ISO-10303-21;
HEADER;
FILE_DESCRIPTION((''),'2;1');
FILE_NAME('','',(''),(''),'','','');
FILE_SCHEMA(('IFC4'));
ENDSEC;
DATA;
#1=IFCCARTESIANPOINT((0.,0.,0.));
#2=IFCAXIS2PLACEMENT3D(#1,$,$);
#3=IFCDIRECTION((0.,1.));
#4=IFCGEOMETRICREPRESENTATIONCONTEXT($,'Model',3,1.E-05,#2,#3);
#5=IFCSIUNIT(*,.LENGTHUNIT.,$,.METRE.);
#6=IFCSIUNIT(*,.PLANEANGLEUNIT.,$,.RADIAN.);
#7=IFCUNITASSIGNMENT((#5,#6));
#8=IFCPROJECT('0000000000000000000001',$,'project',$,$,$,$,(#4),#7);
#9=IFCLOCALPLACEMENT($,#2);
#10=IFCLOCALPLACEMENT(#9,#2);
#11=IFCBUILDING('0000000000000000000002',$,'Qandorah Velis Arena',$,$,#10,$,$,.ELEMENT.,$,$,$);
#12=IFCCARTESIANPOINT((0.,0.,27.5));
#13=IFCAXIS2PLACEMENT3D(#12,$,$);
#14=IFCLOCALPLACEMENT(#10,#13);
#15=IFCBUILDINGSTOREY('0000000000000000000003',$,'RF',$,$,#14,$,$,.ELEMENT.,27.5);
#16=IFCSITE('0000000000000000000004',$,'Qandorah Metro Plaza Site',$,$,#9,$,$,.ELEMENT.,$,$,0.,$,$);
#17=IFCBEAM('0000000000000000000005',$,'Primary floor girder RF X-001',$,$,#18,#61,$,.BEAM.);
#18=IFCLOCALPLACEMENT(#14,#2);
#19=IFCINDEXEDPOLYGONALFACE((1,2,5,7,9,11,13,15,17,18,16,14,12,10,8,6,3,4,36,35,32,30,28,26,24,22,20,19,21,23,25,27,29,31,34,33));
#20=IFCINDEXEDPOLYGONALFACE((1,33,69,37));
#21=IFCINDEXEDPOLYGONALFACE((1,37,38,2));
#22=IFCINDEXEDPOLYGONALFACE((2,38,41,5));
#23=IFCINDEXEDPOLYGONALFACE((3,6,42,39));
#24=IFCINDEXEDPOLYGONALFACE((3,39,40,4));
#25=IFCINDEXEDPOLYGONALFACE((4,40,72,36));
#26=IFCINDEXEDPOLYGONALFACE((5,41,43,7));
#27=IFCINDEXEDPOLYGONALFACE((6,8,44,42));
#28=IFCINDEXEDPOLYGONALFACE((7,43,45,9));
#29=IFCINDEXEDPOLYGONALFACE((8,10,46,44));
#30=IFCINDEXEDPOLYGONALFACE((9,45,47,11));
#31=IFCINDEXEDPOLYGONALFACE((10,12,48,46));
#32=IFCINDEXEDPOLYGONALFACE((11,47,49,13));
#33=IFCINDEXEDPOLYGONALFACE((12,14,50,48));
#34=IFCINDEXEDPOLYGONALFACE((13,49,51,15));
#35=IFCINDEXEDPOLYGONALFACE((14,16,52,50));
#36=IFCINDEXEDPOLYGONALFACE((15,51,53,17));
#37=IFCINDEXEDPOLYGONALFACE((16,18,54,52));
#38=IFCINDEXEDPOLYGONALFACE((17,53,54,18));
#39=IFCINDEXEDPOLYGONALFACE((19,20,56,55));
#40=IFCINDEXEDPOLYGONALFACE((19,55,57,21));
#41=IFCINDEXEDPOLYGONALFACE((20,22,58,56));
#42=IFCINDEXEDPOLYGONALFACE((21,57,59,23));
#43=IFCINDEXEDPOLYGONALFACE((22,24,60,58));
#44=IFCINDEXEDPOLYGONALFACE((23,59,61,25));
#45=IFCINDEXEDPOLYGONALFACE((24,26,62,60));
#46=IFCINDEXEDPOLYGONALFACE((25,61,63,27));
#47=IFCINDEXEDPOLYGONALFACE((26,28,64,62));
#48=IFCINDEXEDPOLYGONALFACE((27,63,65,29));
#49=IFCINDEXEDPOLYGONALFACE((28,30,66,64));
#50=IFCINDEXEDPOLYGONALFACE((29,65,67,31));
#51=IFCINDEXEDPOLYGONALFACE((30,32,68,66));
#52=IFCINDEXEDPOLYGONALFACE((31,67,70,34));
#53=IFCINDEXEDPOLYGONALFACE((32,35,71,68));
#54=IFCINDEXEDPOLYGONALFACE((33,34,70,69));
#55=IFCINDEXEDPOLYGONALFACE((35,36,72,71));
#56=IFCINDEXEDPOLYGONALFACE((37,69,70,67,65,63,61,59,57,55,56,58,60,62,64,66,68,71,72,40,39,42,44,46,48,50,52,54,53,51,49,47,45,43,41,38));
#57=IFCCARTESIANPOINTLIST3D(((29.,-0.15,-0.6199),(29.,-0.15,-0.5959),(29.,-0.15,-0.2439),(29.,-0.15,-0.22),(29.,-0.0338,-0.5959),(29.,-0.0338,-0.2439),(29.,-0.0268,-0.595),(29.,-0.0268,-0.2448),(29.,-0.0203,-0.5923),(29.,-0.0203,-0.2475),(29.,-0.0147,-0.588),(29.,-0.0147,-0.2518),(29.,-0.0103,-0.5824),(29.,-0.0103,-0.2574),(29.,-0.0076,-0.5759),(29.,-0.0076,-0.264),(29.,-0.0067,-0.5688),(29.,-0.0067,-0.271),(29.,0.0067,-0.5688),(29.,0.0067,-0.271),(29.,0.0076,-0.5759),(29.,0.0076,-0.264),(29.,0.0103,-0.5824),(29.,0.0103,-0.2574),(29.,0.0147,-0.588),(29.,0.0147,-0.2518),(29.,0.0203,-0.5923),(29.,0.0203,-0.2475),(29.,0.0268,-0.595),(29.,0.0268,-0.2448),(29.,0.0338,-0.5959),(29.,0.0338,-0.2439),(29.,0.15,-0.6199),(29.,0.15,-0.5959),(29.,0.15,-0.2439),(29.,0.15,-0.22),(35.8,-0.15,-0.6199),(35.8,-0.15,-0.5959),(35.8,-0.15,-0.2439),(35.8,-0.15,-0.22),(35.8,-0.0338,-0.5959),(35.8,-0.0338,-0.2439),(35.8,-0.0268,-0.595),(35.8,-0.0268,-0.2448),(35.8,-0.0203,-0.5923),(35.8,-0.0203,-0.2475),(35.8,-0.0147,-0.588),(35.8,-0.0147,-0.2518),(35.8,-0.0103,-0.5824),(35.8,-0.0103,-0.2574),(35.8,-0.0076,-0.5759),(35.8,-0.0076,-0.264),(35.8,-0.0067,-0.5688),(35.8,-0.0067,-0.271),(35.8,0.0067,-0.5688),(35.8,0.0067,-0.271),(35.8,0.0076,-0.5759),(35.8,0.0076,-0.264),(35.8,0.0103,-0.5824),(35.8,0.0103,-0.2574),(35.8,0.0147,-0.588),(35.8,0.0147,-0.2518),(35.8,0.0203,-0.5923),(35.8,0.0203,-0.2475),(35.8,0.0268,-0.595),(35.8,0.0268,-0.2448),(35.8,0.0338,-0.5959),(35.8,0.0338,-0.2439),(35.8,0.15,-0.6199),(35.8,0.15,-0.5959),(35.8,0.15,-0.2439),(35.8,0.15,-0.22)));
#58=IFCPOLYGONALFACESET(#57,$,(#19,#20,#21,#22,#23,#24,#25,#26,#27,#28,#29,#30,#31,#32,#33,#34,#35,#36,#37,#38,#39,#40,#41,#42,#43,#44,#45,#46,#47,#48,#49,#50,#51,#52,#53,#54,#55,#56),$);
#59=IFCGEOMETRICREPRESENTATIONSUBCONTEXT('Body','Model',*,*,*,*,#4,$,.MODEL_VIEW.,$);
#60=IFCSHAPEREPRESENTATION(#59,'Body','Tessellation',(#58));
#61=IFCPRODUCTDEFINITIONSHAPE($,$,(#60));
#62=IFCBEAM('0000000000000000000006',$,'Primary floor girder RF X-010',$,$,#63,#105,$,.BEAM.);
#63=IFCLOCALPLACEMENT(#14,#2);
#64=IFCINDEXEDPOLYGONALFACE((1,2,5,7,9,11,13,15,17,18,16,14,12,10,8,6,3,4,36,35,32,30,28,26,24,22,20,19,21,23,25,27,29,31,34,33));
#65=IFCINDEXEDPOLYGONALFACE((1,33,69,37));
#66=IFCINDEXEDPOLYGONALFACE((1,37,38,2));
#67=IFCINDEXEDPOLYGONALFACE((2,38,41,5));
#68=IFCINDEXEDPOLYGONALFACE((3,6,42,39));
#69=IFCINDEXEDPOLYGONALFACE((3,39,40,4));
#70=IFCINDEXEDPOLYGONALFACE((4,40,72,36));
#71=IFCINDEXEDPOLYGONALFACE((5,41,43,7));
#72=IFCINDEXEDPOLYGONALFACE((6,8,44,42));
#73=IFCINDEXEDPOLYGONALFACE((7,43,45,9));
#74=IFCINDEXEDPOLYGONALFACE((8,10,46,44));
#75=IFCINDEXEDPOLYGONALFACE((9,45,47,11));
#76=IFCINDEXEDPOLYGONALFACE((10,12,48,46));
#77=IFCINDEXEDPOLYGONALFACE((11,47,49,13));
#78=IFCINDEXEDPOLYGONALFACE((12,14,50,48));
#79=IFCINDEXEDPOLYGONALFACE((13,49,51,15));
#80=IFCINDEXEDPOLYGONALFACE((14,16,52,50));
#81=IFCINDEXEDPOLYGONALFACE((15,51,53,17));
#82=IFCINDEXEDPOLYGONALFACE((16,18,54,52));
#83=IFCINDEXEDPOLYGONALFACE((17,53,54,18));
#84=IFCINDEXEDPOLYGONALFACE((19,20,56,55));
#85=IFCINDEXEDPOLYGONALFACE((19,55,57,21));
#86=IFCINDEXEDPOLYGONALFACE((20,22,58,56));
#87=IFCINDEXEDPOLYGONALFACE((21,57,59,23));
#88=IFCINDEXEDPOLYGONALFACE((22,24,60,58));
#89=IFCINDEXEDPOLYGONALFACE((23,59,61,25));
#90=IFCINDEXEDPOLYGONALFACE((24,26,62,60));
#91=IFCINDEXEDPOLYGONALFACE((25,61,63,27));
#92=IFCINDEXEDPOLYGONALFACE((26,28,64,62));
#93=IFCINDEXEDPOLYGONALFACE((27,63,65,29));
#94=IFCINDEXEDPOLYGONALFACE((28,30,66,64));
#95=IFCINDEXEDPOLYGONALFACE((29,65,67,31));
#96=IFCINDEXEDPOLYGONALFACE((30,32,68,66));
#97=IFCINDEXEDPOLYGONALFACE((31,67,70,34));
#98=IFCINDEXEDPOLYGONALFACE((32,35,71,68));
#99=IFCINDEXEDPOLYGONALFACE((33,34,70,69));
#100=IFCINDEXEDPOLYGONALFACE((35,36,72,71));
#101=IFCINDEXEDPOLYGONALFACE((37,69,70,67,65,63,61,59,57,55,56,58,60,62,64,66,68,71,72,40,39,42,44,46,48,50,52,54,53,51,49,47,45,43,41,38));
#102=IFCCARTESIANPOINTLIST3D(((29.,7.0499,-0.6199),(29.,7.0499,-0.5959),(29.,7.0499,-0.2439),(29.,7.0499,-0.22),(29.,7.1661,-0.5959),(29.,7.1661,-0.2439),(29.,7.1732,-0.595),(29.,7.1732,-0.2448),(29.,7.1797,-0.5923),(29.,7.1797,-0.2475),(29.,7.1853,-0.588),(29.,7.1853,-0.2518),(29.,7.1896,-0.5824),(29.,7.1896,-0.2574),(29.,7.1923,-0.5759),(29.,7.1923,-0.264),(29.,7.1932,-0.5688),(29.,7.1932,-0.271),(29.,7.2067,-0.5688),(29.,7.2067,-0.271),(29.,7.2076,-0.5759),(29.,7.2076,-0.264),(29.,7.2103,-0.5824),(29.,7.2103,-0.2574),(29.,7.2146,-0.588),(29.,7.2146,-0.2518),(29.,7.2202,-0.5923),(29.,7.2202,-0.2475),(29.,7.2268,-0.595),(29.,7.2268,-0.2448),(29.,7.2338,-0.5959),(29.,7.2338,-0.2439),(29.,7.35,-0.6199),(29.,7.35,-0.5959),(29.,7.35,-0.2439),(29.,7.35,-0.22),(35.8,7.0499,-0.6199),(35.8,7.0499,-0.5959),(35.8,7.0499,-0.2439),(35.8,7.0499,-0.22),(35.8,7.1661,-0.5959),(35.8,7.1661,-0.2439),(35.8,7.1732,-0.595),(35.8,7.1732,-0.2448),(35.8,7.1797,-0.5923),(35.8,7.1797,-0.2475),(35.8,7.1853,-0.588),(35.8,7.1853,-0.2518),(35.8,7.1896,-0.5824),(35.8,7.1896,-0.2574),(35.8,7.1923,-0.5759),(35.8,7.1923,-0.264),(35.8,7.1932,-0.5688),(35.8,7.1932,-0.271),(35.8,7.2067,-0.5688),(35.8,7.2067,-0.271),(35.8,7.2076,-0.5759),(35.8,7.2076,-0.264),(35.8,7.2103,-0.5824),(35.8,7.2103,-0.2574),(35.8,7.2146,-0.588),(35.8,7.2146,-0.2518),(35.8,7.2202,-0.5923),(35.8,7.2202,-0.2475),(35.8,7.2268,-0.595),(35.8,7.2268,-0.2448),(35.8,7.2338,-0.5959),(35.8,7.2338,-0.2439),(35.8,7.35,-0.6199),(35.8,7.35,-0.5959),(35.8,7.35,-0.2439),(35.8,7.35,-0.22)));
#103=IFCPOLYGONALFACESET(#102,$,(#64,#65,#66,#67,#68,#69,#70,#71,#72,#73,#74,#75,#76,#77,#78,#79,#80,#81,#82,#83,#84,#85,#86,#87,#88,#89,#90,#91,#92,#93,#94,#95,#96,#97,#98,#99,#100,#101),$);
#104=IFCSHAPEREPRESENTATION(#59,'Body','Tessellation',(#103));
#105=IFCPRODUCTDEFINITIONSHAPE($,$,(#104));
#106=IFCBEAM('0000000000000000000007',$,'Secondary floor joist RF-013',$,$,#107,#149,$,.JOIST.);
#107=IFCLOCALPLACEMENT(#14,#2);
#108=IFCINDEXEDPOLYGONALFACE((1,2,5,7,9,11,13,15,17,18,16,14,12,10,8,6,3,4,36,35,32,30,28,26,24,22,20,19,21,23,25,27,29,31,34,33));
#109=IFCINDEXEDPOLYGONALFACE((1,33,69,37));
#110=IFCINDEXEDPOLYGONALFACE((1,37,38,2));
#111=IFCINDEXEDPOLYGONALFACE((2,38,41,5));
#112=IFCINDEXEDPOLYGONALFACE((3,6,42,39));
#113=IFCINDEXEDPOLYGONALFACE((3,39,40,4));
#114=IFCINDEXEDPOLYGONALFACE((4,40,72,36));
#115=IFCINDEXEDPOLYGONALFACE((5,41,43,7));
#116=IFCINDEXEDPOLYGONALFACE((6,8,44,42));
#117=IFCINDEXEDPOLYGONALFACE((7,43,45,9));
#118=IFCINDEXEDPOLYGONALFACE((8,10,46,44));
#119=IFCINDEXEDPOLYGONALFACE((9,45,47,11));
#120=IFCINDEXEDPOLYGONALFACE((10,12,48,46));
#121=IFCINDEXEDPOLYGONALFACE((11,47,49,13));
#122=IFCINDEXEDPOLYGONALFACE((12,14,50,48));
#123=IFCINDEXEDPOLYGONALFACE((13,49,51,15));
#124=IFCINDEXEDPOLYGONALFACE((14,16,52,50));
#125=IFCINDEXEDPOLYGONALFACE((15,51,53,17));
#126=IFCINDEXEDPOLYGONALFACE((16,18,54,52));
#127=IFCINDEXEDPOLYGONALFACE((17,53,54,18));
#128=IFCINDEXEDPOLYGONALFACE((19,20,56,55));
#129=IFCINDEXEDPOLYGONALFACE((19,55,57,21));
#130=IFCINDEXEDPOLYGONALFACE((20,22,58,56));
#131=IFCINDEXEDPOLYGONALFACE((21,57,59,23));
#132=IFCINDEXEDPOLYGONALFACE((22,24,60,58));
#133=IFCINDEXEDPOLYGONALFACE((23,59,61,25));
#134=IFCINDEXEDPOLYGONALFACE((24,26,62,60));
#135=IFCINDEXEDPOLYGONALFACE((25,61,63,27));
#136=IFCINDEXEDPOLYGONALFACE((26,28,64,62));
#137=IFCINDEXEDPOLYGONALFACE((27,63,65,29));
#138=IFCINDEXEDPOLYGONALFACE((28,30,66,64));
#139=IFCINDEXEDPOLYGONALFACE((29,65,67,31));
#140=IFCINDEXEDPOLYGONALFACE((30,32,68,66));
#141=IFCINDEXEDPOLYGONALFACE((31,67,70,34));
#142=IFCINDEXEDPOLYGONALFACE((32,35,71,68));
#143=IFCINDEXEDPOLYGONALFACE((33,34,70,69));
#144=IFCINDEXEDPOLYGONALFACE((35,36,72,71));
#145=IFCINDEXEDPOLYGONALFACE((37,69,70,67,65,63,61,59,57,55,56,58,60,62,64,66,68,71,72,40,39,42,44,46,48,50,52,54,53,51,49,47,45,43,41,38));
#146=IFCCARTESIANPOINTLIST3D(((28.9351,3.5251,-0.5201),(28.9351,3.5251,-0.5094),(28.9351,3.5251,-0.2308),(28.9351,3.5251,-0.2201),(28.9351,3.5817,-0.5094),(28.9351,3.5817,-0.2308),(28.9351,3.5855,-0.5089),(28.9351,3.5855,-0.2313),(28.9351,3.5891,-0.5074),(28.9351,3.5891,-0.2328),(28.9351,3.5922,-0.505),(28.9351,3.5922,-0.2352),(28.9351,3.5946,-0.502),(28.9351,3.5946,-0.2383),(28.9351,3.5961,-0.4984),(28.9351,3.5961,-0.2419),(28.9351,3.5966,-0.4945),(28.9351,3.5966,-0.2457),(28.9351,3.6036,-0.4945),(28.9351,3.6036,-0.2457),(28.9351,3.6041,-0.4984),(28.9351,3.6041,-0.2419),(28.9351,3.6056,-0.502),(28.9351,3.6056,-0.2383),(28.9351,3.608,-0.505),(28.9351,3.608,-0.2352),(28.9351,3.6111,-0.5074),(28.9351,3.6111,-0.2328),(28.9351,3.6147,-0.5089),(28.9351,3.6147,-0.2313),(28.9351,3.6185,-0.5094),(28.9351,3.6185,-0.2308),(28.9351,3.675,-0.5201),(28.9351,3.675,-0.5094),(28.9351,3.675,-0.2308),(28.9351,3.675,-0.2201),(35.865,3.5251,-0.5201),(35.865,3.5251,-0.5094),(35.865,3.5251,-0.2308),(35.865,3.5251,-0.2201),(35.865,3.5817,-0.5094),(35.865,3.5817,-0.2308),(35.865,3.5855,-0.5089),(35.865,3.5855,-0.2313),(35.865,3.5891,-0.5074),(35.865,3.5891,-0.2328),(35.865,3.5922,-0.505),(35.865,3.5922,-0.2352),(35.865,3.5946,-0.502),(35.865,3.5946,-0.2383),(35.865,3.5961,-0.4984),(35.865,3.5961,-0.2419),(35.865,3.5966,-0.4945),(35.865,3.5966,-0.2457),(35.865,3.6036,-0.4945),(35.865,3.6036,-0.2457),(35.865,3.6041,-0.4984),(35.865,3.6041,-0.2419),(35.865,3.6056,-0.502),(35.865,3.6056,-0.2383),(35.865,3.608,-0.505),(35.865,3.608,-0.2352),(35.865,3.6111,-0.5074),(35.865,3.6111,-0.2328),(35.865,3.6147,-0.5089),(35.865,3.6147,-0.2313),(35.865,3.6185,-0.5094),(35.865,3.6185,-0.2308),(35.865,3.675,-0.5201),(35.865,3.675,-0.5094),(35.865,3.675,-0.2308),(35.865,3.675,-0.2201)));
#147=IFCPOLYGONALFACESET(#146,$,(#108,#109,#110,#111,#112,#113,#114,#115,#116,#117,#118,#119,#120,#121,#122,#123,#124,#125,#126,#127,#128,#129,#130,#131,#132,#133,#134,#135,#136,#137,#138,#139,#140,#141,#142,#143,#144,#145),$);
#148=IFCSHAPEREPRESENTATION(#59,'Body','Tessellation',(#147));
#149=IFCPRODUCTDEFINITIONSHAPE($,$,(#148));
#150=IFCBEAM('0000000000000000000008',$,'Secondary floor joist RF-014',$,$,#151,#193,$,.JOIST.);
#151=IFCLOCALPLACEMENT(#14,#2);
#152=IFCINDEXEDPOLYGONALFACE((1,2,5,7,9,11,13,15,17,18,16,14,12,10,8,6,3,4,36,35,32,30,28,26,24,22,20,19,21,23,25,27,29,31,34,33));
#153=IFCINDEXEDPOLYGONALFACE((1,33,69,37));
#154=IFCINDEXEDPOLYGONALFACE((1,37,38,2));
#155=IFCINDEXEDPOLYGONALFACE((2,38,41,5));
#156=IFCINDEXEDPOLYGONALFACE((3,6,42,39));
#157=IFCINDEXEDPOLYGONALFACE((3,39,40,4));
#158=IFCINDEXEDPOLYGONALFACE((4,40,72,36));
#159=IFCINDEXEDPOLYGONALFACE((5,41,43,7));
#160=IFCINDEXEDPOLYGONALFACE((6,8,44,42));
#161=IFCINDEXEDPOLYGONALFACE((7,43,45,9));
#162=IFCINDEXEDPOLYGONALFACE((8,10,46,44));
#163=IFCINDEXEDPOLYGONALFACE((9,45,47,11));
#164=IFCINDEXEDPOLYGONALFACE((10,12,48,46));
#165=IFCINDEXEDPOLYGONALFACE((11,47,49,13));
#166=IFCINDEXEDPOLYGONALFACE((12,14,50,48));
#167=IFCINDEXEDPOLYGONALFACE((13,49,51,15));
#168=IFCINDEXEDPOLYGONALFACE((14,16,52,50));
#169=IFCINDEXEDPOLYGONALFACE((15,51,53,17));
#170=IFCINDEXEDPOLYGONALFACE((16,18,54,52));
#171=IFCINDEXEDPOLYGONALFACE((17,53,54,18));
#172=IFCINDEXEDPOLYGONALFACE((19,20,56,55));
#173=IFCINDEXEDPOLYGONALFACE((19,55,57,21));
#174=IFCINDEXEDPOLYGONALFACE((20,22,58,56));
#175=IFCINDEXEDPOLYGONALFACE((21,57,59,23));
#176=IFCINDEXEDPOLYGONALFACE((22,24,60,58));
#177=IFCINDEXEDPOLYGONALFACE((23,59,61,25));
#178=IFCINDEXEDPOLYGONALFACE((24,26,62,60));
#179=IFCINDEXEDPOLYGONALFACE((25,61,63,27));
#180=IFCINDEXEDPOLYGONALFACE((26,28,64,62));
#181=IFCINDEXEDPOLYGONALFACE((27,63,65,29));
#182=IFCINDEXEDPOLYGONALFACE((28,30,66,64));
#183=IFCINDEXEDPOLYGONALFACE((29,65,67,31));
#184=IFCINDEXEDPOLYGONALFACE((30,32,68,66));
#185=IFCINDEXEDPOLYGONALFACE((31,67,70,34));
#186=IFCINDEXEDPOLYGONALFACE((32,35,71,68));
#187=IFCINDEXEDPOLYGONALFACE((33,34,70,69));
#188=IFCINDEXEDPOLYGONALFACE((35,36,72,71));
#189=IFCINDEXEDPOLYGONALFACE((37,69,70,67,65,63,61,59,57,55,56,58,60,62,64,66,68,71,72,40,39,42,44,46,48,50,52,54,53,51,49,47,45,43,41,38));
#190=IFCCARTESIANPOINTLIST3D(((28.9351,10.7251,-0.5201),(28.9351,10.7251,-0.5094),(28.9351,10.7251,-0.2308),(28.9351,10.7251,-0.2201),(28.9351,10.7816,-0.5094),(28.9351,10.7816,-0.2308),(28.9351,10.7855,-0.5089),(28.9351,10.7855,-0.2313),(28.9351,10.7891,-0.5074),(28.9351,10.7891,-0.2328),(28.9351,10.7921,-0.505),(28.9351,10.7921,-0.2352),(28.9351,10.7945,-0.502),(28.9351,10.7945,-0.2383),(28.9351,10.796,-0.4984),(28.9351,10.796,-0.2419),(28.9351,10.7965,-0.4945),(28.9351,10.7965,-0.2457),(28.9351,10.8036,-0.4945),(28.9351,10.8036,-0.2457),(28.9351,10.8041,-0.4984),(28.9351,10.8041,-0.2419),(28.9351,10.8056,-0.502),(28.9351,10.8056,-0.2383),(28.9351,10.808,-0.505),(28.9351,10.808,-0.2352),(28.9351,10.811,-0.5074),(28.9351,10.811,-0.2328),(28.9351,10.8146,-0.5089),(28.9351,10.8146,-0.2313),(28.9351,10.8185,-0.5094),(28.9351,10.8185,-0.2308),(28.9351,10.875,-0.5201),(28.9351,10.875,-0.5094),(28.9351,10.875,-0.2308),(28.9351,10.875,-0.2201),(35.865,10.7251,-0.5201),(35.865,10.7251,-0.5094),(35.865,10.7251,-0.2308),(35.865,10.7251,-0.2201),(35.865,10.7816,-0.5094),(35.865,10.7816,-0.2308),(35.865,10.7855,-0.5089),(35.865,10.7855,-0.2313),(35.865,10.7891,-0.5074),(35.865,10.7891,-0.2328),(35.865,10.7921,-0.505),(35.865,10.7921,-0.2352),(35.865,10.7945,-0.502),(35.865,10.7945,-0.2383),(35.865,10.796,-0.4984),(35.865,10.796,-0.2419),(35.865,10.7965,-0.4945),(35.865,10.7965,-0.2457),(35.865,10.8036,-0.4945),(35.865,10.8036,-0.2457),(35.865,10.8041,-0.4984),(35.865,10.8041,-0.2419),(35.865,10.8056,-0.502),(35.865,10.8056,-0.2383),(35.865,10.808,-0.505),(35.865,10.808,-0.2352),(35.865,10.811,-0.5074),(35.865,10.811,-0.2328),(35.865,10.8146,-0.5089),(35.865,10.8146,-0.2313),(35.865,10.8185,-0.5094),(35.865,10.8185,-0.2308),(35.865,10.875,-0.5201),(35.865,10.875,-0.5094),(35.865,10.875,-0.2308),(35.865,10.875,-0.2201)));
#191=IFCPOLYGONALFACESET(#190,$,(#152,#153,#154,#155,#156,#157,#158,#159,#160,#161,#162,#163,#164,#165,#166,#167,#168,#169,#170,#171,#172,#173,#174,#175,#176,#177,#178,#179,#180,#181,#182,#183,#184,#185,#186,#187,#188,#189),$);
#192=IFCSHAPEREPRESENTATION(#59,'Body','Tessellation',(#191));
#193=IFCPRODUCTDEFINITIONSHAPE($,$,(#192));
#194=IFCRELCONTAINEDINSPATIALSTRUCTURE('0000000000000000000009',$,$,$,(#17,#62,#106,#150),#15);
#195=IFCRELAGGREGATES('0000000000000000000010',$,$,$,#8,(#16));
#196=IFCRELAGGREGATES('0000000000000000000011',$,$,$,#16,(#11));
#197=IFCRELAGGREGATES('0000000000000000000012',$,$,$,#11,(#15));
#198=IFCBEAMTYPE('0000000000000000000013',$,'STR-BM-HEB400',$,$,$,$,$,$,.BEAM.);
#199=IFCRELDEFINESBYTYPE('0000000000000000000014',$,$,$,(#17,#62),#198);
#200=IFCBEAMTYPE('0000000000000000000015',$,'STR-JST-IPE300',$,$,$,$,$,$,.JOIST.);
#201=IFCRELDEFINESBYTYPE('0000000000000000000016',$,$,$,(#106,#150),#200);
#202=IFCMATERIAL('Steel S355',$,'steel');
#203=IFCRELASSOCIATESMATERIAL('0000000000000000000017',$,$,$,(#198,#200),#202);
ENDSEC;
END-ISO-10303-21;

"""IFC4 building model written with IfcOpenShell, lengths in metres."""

from ifc_helpers import new_model, si_unit, direction, frame, origin, origin_2d, place, context, subcontext, project, spatial, i_section, extrude, material, material_profile, profile_set, type_object, element, save


model = new_model("IFC4")

# Units and contexts
model_context = context("Model", 3, precision=1e-05, world=origin(), true_north=direction((0.0, 1.0)))
body_context = subcontext(model_context, "Body", "Model", "MODEL_VIEW")
ifc_project = project(units=[si_unit("LENGTHUNIT", "METRE"), si_unit("PLANEANGLEUNIT", "RADIAN")], contexts=[model_context])

# Site, building, storey
site_placement = place(None, origin())
site = spatial("IfcSite", under=ifc_project, at=site_placement, Name="Qandorah Metro Plaza Site", CompositionType="ELEMENT", RefElevation=0.0)
building_placement = place(site_placement, origin())
building = spatial("IfcBuilding", under=site, at=building_placement, Name="Qandorah Velis Arena", CompositionType="ELEMENT")
storey_placement = place(building_placement, frame((0.0, 0.0, 27.5)))
storey = spatial("IfcBuildingStorey", under=building, at=storey_placement, Name="RF", CompositionType="ELEMENT", Elevation=27.5)

# Beams
ifc_material_1 = material(Name="Steel S355", Category="steel")
ifc_material_profile_1 = material_profile(ifc_material_1, i_section(OverallWidth=0.3, OverallDepth=0.3999, WebThickness=0.0134, FlangeThickness=0.0239, FilletRadius=0.0271, at=origin_2d()), Name="HEB 400")
ifc_profile_set_1 = profile_set([ifc_material_profile_1], Name="Steel S355")
beam_type_1 = type_object("IfcBeamType", Name="STR-BM-HEB400", PredefinedType="BEAM", material=ifc_profile_set_1)
for number, where, z_axis, x_axis, name in (
    (1, (29.0, 0.0, -0.4199), (1.0, 0.0, 0.0), (0.0, 1.0, 0.0), "Primary floor girder RF X-001"),
    (2, (29.0, 7.2, -0.4199), (1.0, 0.0, 0.0), (0.0, 1.0, 0.0), "Primary floor girder RF X-010"),
):
    element("IfcBeam", number, at=place(storey_placement, frame(where, z_axis=z_axis, x_axis=x_axis)), inside=storey, type_object=beam_type_1, Name=name, PredefinedType="BEAM", context=body_context, shape_type="SweptSolid", body=[
        extrude(i_section(OverallWidth=0.3, OverallDepth=0.3999, WebThickness=0.0134, FlangeThickness=0.0239, FilletRadius=0.0271, at=origin_2d()), origin(), (0.0, 0.0, 1.0), 6.8),
    ])
ifc_material_profile_2 = material_profile(ifc_material_1, i_section(OverallWidth=0.1499, OverallDepth=0.3, WebThickness=0.0071, FlangeThickness=0.0107, FilletRadius=0.0149, at=origin_2d()), Name="IPE 300")
ifc_profile_set_2 = profile_set([ifc_material_profile_2], Name="Steel S355")
beam_type_2 = type_object("IfcBeamType", Name="STR-JST-IPE300", PredefinedType="JOIST", material=ifc_profile_set_2)
for number, where, z_axis, x_axis, name in (
    (3, (28.9351, 3.6001, -0.3701), (1.0, 0.0, 0.0), (0.0, 1.0, 0.0), "Secondary floor joist RF-013"),
    (4, (28.9351, 10.8, -0.3701), (1.0, 0.0, 0.0), (0.0, 1.0, 0.0), "Secondary floor joist RF-014"),
):
    element("IfcBeam", number, at=place(storey_placement, frame(where, z_axis=z_axis, x_axis=x_axis)), inside=storey, type_object=beam_type_2, Name=name, PredefinedType="JOIST", context=body_context, shape_type="SweptSolid", body=[
        extrude(i_section(OverallWidth=0.1499, OverallDepth=0.3, WebThickness=0.0071, FlangeThickness=0.0107, FilletRadius=0.0149, at=origin_2d()), origin(), (0.0, 0.0, 1.0), 6.9299),
    ])

save(model, "model.ifc")
